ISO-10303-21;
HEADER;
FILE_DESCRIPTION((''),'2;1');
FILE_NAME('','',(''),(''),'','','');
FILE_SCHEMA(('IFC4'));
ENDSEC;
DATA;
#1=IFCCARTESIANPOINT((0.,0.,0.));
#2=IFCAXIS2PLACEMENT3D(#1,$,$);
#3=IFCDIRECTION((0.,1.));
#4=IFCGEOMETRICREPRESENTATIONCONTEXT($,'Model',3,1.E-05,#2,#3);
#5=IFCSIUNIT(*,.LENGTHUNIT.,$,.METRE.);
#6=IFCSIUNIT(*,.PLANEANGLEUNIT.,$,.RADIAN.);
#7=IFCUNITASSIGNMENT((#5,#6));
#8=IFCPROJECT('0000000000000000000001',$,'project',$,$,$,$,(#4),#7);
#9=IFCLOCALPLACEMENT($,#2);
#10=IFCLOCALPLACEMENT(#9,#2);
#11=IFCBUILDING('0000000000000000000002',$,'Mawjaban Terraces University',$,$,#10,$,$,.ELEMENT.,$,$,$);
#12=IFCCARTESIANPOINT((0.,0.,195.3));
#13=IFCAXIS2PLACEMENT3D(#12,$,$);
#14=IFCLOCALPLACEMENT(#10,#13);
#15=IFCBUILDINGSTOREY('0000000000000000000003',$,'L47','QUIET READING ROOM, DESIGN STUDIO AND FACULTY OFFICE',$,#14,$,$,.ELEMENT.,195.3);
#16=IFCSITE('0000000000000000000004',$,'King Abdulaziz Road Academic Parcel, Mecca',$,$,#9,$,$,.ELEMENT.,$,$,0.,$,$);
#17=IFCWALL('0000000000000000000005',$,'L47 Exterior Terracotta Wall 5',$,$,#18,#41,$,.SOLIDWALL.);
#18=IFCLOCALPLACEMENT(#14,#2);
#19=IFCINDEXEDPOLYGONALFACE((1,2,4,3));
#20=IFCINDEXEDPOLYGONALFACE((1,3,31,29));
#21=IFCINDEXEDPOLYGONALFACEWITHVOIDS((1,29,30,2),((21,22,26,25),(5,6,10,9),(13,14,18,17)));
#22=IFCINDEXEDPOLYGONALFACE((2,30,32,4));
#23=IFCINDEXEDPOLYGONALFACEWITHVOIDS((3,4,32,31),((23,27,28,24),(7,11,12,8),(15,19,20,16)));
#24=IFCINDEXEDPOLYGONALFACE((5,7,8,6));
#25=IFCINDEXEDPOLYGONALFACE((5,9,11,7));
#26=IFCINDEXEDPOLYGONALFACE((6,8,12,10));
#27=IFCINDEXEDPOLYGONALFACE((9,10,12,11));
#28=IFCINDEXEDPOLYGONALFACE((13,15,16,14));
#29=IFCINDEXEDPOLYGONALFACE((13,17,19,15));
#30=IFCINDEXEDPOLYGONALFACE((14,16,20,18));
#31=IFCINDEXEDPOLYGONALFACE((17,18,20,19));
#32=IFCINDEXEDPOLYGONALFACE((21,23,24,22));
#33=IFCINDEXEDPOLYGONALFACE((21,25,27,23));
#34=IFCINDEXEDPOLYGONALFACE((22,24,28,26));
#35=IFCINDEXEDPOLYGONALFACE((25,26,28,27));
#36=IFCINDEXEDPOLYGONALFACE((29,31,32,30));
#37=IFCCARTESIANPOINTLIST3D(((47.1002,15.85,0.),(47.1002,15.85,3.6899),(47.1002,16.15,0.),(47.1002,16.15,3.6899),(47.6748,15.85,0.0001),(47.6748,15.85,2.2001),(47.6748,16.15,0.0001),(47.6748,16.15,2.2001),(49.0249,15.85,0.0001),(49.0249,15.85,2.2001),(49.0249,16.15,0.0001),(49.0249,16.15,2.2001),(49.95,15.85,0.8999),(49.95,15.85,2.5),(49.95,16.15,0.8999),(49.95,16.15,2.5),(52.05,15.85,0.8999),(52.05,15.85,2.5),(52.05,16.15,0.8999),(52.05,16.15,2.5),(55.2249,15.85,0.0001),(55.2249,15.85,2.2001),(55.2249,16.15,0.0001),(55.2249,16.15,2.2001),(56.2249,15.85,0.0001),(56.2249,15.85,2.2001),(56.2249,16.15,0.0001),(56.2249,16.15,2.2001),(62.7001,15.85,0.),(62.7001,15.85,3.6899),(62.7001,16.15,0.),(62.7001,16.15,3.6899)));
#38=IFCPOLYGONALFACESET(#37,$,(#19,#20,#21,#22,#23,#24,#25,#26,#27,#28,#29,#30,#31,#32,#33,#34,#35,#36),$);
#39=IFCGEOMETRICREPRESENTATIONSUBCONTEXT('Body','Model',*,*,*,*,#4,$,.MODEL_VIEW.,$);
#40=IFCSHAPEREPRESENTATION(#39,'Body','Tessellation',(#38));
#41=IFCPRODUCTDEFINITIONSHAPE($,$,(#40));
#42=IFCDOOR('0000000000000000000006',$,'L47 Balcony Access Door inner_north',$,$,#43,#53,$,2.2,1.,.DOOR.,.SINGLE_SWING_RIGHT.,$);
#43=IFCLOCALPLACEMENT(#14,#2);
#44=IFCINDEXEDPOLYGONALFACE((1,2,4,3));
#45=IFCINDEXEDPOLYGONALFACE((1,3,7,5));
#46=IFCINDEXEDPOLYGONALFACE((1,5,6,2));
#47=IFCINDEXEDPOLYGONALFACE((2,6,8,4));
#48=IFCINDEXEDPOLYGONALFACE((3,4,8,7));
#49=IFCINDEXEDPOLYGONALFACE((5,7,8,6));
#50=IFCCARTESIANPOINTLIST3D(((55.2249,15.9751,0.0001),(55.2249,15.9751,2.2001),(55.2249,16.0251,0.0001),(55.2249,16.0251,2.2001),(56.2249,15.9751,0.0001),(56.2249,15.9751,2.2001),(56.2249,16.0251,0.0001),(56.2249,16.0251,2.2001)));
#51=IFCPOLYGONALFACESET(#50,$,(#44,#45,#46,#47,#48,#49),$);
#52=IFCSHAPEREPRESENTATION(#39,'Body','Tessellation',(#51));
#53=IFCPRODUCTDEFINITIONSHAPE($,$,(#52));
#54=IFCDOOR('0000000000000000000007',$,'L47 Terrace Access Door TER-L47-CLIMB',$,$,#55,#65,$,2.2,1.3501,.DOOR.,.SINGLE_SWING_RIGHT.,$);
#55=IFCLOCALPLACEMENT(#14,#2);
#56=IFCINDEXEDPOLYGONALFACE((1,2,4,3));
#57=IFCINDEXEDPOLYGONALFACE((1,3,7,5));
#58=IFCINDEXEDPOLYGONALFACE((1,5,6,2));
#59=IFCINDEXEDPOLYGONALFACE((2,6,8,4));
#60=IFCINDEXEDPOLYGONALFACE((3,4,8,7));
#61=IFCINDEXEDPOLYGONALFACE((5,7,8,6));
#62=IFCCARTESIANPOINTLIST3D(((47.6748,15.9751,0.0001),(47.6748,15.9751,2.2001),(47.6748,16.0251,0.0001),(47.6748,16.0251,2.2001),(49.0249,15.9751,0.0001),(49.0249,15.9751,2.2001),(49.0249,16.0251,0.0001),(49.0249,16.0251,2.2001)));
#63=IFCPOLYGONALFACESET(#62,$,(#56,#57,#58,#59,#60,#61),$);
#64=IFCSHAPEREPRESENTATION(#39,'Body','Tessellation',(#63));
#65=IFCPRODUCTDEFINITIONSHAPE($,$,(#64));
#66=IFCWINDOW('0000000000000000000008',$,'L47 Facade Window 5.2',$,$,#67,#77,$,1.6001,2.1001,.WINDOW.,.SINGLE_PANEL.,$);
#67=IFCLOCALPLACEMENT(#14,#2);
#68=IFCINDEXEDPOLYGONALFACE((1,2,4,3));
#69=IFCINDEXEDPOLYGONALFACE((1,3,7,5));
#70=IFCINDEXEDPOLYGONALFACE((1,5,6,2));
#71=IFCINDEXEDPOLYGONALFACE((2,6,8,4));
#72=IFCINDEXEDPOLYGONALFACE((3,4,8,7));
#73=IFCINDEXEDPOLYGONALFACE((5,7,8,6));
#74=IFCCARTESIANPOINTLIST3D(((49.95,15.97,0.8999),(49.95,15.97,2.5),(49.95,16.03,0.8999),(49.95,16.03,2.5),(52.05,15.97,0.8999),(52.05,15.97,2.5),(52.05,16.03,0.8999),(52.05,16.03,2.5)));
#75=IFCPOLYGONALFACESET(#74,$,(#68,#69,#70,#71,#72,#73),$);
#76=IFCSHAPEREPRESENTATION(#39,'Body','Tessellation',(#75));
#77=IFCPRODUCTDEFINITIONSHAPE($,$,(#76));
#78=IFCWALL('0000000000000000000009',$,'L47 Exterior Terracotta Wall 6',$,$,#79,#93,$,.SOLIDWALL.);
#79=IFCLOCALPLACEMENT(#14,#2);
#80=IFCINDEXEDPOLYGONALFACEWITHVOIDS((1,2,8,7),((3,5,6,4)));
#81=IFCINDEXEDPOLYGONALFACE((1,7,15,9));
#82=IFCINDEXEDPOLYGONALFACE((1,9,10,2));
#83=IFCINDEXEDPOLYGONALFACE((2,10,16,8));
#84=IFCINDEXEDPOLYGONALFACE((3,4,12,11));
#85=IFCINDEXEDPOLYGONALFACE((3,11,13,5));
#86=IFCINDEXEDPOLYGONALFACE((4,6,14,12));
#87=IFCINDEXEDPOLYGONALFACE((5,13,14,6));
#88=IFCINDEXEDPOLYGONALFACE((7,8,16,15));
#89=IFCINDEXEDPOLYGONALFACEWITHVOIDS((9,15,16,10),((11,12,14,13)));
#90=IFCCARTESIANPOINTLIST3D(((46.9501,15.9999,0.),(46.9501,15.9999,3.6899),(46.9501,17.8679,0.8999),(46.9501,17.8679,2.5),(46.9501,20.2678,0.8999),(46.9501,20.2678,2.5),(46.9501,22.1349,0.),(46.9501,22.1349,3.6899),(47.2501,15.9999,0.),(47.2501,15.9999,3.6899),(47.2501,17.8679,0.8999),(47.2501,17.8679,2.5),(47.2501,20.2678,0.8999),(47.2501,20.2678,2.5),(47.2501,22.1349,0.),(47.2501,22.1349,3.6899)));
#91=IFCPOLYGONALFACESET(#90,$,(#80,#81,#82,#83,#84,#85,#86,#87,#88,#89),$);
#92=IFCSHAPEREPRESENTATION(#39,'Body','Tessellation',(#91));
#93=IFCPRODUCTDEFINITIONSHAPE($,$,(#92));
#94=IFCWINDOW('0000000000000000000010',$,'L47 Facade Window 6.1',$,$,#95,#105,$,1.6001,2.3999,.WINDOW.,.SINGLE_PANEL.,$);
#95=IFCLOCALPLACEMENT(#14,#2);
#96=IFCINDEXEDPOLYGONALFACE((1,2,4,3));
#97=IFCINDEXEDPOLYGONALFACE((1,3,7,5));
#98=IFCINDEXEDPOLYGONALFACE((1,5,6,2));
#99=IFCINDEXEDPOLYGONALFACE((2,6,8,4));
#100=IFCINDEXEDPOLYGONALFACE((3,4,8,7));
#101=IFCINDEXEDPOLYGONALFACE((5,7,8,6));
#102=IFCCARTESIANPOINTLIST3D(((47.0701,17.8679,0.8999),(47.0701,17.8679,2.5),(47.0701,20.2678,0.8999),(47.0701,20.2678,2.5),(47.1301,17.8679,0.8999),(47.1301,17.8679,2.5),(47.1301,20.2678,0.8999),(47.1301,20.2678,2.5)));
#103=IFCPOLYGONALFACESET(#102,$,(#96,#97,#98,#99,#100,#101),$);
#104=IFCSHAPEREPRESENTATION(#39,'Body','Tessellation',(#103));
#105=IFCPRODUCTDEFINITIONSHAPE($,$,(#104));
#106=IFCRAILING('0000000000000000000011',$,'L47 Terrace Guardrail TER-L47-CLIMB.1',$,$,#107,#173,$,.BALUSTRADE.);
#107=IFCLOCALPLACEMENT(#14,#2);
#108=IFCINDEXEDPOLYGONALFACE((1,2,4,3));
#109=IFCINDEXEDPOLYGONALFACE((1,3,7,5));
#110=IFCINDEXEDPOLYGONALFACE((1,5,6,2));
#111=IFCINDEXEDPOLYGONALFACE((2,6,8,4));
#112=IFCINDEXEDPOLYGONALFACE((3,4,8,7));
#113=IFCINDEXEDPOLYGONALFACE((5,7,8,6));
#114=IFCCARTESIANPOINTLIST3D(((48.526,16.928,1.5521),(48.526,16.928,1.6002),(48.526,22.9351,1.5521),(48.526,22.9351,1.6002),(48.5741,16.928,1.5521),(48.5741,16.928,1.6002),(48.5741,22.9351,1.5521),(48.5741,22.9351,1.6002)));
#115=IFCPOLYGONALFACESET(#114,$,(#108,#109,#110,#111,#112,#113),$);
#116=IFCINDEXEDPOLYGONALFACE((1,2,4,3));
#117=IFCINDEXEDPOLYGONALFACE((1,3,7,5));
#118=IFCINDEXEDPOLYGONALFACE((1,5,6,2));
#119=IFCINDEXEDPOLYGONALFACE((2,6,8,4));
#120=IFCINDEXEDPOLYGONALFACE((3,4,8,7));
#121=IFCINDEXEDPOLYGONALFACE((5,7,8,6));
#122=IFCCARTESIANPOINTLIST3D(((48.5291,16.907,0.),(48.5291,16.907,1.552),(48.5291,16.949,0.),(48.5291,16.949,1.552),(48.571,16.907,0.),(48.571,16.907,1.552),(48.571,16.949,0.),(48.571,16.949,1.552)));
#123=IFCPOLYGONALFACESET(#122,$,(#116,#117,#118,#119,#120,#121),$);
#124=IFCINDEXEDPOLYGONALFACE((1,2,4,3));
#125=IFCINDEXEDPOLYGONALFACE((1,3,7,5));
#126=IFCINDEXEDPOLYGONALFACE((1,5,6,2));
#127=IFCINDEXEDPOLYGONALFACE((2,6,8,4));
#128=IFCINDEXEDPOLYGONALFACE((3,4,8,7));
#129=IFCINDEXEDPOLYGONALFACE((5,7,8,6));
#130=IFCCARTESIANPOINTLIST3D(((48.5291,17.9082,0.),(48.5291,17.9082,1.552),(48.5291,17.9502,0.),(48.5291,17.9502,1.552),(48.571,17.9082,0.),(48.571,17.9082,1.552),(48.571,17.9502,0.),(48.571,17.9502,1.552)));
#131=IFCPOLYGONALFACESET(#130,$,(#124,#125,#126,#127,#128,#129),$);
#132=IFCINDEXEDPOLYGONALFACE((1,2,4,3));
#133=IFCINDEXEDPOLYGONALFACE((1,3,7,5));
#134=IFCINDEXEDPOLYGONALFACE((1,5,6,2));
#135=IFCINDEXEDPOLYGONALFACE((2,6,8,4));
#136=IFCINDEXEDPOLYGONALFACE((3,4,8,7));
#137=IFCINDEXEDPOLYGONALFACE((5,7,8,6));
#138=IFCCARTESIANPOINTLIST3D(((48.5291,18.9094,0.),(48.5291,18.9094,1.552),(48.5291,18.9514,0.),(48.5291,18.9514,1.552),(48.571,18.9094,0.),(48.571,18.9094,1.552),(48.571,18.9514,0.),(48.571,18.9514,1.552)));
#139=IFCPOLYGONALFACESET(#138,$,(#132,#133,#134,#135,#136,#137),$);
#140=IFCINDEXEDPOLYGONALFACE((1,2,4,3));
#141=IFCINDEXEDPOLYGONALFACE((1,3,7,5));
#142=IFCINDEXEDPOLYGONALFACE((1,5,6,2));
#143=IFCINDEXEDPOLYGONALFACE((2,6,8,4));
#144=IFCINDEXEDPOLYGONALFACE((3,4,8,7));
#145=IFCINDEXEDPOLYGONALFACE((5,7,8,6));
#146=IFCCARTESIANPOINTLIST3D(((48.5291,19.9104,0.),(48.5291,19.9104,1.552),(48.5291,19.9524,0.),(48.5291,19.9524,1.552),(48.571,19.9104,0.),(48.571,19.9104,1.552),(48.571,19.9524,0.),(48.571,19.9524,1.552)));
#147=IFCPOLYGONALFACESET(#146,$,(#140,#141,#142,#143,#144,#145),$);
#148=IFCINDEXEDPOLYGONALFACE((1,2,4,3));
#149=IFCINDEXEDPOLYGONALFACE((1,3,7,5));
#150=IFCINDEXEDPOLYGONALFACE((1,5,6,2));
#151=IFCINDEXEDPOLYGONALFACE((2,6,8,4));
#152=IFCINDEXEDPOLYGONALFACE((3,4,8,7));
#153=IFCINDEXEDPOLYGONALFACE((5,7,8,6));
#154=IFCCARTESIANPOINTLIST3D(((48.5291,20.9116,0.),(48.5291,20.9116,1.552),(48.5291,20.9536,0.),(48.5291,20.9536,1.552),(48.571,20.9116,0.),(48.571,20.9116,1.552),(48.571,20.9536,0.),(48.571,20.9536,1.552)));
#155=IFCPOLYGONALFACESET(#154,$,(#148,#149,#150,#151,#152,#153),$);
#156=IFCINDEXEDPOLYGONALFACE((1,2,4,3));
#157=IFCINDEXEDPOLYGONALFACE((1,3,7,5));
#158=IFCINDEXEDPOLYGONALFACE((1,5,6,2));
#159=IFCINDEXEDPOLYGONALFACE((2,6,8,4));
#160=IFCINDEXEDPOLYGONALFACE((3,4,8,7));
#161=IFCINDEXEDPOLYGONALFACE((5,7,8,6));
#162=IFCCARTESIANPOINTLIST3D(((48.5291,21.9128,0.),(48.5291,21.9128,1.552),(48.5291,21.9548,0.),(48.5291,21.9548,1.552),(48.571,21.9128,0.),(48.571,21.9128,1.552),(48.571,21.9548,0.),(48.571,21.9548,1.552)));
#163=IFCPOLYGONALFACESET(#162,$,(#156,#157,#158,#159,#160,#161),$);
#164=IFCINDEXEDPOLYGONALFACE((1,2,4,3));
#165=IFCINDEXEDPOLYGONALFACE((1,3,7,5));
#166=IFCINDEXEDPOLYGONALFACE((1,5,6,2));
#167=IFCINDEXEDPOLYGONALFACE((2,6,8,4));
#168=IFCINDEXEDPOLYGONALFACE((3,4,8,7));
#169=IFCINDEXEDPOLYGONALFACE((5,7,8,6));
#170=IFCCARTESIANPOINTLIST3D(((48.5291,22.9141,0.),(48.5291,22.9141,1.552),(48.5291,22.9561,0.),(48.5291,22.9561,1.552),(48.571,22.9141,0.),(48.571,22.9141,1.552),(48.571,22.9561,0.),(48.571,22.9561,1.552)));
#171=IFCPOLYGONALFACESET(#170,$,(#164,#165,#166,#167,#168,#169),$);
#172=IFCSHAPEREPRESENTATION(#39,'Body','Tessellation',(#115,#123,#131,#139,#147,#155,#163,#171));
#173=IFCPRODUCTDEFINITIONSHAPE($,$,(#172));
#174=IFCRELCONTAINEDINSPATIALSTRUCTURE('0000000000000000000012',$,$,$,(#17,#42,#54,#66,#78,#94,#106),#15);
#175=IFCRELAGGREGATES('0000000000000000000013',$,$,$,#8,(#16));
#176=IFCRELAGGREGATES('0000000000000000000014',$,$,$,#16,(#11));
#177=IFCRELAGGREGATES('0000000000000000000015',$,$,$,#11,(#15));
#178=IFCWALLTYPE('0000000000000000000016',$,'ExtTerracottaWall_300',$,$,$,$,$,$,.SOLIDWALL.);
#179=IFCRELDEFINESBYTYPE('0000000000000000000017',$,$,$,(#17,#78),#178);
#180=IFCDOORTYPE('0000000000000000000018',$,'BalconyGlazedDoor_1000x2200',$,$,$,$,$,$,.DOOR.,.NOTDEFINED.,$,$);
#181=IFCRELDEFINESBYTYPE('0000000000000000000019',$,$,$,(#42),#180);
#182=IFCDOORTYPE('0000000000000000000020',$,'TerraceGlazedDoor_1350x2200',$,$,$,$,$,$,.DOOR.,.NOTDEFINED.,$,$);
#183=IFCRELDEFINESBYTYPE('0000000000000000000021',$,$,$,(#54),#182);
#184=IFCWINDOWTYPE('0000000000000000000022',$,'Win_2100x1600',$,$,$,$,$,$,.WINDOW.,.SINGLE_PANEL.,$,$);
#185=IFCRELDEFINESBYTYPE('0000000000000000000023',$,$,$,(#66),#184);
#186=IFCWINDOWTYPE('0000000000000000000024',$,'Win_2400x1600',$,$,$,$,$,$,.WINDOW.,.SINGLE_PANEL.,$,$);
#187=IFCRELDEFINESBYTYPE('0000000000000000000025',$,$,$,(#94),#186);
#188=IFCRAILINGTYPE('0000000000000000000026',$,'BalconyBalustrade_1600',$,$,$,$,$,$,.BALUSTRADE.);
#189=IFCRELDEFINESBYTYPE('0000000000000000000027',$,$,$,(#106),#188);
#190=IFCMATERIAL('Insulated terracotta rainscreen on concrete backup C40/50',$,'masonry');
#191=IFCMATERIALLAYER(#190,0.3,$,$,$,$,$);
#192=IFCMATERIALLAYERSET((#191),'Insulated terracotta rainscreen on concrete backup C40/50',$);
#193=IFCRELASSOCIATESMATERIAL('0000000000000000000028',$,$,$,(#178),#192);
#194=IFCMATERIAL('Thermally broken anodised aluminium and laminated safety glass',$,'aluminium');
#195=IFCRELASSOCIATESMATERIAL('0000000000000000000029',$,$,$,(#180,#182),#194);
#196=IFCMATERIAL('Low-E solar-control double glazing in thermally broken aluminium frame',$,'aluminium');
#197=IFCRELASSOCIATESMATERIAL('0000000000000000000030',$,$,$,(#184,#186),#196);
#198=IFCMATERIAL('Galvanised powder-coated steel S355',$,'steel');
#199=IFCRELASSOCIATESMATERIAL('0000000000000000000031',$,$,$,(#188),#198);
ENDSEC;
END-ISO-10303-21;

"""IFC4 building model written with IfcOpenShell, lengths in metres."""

from ifc_helpers import new_model, si_unit, direction, frame, frame_2d, origin, origin_2d, place, context, subcontext, project, spatial, rectangle, extrude, material, layer, layer_set, type_object, element, fill, save


model = new_model("IFC4")

# Units and contexts
model_context = context("Model", 3, precision=1e-05, world=origin(), true_north=direction((0.0, 1.0)))
body_context = subcontext(model_context, "Body", "Model", "MODEL_VIEW")
ifc_project = project(units=[si_unit("LENGTHUNIT", "METRE"), si_unit("PLANEANGLEUNIT", "RADIAN")], contexts=[model_context])

# Site, building, storey
site_placement = place(None, origin())
site = spatial("IfcSite", under=ifc_project, at=site_placement, Name="King Abdulaziz Road Academic Parcel, Mecca", CompositionType="ELEMENT", RefElevation=0.0)
building_placement = place(site_placement, origin())
building = spatial("IfcBuilding", under=site, at=building_placement, Name="Mawjaban Terraces University", CompositionType="ELEMENT")
storey_placement = place(building_placement, frame((0.0, 0.0, 195.3)))
storey = spatial("IfcBuildingStorey", under=building, at=storey_placement, Name="L47", Description="QUIET READING ROOM, DESIGN STUDIO AND FACULTY OFFICE", CompositionType="ELEMENT", Elevation=195.3)

# Wall, openings, doors, window
ifc_material_1 = material(Name="Insulated terracotta rainscreen on concrete backup C40/50", Category="masonry")
ifc_layer_1 = layer(ifc_material_1, 0.3)
ifc_layer_set_1 = layer_set([ifc_layer_1], Name="Insulated terracotta rainscreen on concrete backup C40/50")
wall_type = type_object("IfcWallType", Name="ExtTerracottaWall_300", PredefinedType="SOLIDWALL", material=ifc_layer_set_1)
wall_1_placement = place(storey_placement, frame((62.7, 16.0, 0.0), z_axis=(0.0, 0.0, 1.0), x_axis=(-1.0, 0.0, 0.0)))
wall_1 = element("IfcWall", 1, at=wall_1_placement, inside=storey, type_object=wall_type, Name="L47 Exterior Terracotta Wall 5", PredefinedType="SOLIDWALL", context=body_context, shape_type="SweptSolid", body=[
    extrude(rectangle(XDim=15.5999, YDim=0.3, at=frame_2d((7.7998, 0.0))), origin(), (0.0, 0.0, 1.0), 3.6899),
])
opening_1_placement = place(wall_1_placement, frame((6.4751, 0.0, 0.0)))
opening_1 = element("IfcOpeningElement", 2, at=opening_1_placement, cuts=wall_1, PredefinedType="OPENING", context=body_context, shape_type="SweptSolid", body=[
    extrude(rectangle(XDim=1.0, YDim=2.2, at=frame_2d((0.5, 1.1001))), frame((0.0, 0.1599, 0.0), z_axis=(0.0, -1.0, 0.0), x_axis=(1.0, 0.0, 0.0)), (0.0, 0.0, 1.0), 0.3201),
])
opening_2_placement = place(wall_1_placement, frame((13.675, 0.0, 0.0)))
opening_2 = element("IfcOpeningElement", 3, at=opening_2_placement, cuts=wall_1, PredefinedType="OPENING", context=body_context, shape_type="SweptSolid", body=[
    extrude(rectangle(XDim=1.3501, YDim=2.2, at=frame_2d((0.675, 1.1001))), frame((0.0, 0.1599, 0.0), z_axis=(0.0, -1.0, 0.0), x_axis=(1.0, 0.0, 0.0)), (0.0, 0.0, 1.0), 0.3201),
])
opening_3_placement = place(wall_1_placement, frame((10.6499, 0.0, 0.8999)))
opening_3 = element("IfcOpeningElement", 4, at=opening_3_placement, cuts=wall_1, PredefinedType="OPENING", context=body_context, shape_type="SweptSolid", body=[
    extrude(rectangle(XDim=2.1001, YDim=1.6001, at=frame_2d((1.05, 0.8))), frame((0.0, 0.1599, 0.0), z_axis=(0.0, -1.0, 0.0), x_axis=(1.0, 0.0, 0.0)), (0.0, 0.0, 1.0), 0.3201),
])
ifc_material_2 = material(Name="Thermally broken anodised aluminium and laminated safety glass", Category="aluminium")
door_type_1 = type_object("IfcDoorType", Name="BalconyGlazedDoor_1000x2200", OperationType="NOTDEFINED", PredefinedType="DOOR", material=ifc_material_2)
door_1_placement = place(opening_1_placement, origin())
door_1 = element("IfcDoor", 5, at=door_1_placement, inside=storey, type_object=door_type_1, Name="L47 Balcony Access Door inner_north", OperationType="SINGLE_SWING_RIGHT", OverallHeight=2.2, OverallWidth=1.0, PredefinedType="DOOR", context=body_context, shape_type="SweptSolid", body=[
    extrude(rectangle(XDim=1.0, YDim=2.2, at=frame_2d((0.5, 1.1001))), frame((0.0, 0.0249, 0.0), z_axis=(0.0, -1.0, 0.0), x_axis=(1.0, 0.0, 0.0)), (0.0, 0.0, 1.0), 0.05),
])
fill(opening_1, door_1)
door_type_2 = type_object("IfcDoorType", Name="TerraceGlazedDoor_1350x2200", OperationType="NOTDEFINED", PredefinedType="DOOR", material=ifc_material_2)
door_2_placement = place(opening_2_placement, origin())
door_2 = element("IfcDoor", 6, at=door_2_placement, inside=storey, type_object=door_type_2, Name="L47 Terrace Access Door TER-L47-CLIMB", OperationType="SINGLE_SWING_RIGHT", OverallHeight=2.2, OverallWidth=1.3501, PredefinedType="DOOR", context=body_context, shape_type="SweptSolid", body=[
    extrude(rectangle(XDim=1.3501, YDim=2.2, at=frame_2d((0.675, 1.1001))), frame((0.0, 0.0249, 0.0), z_axis=(0.0, -1.0, 0.0), x_axis=(1.0, 0.0, 0.0)), (0.0, 0.0, 1.0), 0.05),
])
fill(opening_2, door_2)
ifc_material_3 = material(Name="Low-E solar-control double glazing in thermally broken aluminium frame", Category="aluminium")
window_type_1 = type_object("IfcWindowType", Name="Win_2100x1600", PartitioningType="SINGLE_PANEL", PredefinedType="WINDOW", material=ifc_material_3)
window_1_placement = place(opening_3_placement, origin())
window_1 = element("IfcWindow", 7, at=window_1_placement, inside=storey, type_object=window_type_1, Name="L47 Facade Window 5.2", OverallHeight=1.6001, OverallWidth=2.1001, PartitioningType="SINGLE_PANEL", PredefinedType="WINDOW", context=body_context, shape_type="SweptSolid", body=[
    extrude(rectangle(XDim=2.1001, YDim=1.6001, at=frame_2d((1.05, 0.8))), frame((0.0, 0.03, 0.0), z_axis=(0.0, -1.0, 0.0), x_axis=(1.0, 0.0, 0.0)), (0.0, 0.0, 1.0), 0.0601),
])
fill(opening_3, window_1)

# Wall, opening, window
wall_2_placement = place(storey_placement, frame((47.1001, 16.0, 0.0), z_axis=(0.0, 0.0, 1.0), x_axis=(0.0, 1.0, 0.0)))
wall_2 = element("IfcWall", 8, at=wall_2_placement, inside=storey, type_object=wall_type, Name="L47 Exterior Terracotta Wall 6", PredefinedType="SOLIDWALL", context=body_context, shape_type="SweptSolid", body=[
    extrude(rectangle(XDim=6.135, YDim=0.3, at=frame_2d((3.0674, 0.0))), origin(), (0.0, 0.0, 1.0), 3.6899),
])
opening_4_placement = place(wall_2_placement, frame((1.8679, 0.0, 0.8999)))
opening_4 = element("IfcOpeningElement", 9, at=opening_4_placement, cuts=wall_2, PredefinedType="OPENING", context=body_context, shape_type="SweptSolid", body=[
    extrude(rectangle(XDim=2.3999, YDim=1.6001, at=frame_2d((1.2, 0.8))), frame((0.0, 0.1599, 0.0), z_axis=(0.0, -1.0, 0.0), x_axis=(1.0, 0.0, 0.0)), (0.0, 0.0, 1.0), 0.3201),
])
window_type_2 = type_object("IfcWindowType", Name="Win_2400x1600", PartitioningType="SINGLE_PANEL", PredefinedType="WINDOW", material=ifc_material_3)
window_2_placement = place(opening_4_placement, origin())
window_2 = element("IfcWindow", 10, at=window_2_placement, inside=storey, type_object=window_type_2, Name="L47 Facade Window 6.1", OverallHeight=1.6001, OverallWidth=2.3999, PartitioningType="SINGLE_PANEL", PredefinedType="WINDOW", context=body_context, shape_type="SweptSolid", body=[
    extrude(rectangle(XDim=2.3999, YDim=1.6001, at=frame_2d((1.2, 0.8))), frame((0.0, 0.03, 0.0), z_axis=(0.0, -1.0, 0.0), x_axis=(1.0, 0.0, 0.0)), (0.0, 0.0, 1.0), 0.0601),
])
fill(opening_4, window_2)

# Railing
ifc_material_4 = material(Name="Galvanised powder-coated steel S355", Category="steel")
railing_type = type_object("IfcRailingType", Name="BalconyBalustrade_1600", PredefinedType="BALUSTRADE", material=ifc_material_4)
railing_1_placement = place(storey_placement, frame((48.55, 16.928, 0.0)))
element("IfcRailing", 11, at=railing_1_placement, inside=storey, type_object=railing_type, Name="L47 Terrace Guardrail TER-L47-CLIMB.1", PredefinedType="BALUSTRADE", context=body_context, shape_type="SweptSolid", body=[
    extrude(rectangle(XDim=0.0481, YDim=0.0481, at=origin_2d()), frame((0.0, 0.0, 1.5762), z_axis=(0.0, 1.0, 0.0), x_axis=(-1.0, 0.0, 0.0)), (0.0, 0.0, 1.0), 6.0071),
    extrude(rectangle(XDim=0.042, YDim=0.042, at=origin_2d()), origin(), (0.0, 0.0, 1.0), 1.552),
    extrude(rectangle(XDim=0.042, YDim=0.042, at=origin_2d()), frame((0.0, 1.0012, 0.0)), (0.0, 0.0, 1.0), 1.552),
    extrude(rectangle(XDim=0.042, YDim=0.042, at=origin_2d()), frame((0.0, 2.0024, 0.0)), (0.0, 0.0, 1.0), 1.552),
    extrude(rectangle(XDim=0.042, YDim=0.042, at=origin_2d()), frame((0.0, 3.0034, 0.0)), (0.0, 0.0, 1.0), 1.552),
    extrude(rectangle(XDim=0.042, YDim=0.042, at=origin_2d()), frame((0.0, 4.0046, 0.0)), (0.0, 0.0, 1.0), 1.552),
    extrude(rectangle(XDim=0.042, YDim=0.042, at=origin_2d()), frame((0.0, 5.0059, 0.0)), (0.0, 0.0, 1.0), 1.552),
    extrude(rectangle(XDim=0.042, YDim=0.042, at=origin_2d()), frame((0.0, 6.0071, 0.0)), (0.0, 0.0, 1.0), 1.552),
])

save(model, "model.ifc")
